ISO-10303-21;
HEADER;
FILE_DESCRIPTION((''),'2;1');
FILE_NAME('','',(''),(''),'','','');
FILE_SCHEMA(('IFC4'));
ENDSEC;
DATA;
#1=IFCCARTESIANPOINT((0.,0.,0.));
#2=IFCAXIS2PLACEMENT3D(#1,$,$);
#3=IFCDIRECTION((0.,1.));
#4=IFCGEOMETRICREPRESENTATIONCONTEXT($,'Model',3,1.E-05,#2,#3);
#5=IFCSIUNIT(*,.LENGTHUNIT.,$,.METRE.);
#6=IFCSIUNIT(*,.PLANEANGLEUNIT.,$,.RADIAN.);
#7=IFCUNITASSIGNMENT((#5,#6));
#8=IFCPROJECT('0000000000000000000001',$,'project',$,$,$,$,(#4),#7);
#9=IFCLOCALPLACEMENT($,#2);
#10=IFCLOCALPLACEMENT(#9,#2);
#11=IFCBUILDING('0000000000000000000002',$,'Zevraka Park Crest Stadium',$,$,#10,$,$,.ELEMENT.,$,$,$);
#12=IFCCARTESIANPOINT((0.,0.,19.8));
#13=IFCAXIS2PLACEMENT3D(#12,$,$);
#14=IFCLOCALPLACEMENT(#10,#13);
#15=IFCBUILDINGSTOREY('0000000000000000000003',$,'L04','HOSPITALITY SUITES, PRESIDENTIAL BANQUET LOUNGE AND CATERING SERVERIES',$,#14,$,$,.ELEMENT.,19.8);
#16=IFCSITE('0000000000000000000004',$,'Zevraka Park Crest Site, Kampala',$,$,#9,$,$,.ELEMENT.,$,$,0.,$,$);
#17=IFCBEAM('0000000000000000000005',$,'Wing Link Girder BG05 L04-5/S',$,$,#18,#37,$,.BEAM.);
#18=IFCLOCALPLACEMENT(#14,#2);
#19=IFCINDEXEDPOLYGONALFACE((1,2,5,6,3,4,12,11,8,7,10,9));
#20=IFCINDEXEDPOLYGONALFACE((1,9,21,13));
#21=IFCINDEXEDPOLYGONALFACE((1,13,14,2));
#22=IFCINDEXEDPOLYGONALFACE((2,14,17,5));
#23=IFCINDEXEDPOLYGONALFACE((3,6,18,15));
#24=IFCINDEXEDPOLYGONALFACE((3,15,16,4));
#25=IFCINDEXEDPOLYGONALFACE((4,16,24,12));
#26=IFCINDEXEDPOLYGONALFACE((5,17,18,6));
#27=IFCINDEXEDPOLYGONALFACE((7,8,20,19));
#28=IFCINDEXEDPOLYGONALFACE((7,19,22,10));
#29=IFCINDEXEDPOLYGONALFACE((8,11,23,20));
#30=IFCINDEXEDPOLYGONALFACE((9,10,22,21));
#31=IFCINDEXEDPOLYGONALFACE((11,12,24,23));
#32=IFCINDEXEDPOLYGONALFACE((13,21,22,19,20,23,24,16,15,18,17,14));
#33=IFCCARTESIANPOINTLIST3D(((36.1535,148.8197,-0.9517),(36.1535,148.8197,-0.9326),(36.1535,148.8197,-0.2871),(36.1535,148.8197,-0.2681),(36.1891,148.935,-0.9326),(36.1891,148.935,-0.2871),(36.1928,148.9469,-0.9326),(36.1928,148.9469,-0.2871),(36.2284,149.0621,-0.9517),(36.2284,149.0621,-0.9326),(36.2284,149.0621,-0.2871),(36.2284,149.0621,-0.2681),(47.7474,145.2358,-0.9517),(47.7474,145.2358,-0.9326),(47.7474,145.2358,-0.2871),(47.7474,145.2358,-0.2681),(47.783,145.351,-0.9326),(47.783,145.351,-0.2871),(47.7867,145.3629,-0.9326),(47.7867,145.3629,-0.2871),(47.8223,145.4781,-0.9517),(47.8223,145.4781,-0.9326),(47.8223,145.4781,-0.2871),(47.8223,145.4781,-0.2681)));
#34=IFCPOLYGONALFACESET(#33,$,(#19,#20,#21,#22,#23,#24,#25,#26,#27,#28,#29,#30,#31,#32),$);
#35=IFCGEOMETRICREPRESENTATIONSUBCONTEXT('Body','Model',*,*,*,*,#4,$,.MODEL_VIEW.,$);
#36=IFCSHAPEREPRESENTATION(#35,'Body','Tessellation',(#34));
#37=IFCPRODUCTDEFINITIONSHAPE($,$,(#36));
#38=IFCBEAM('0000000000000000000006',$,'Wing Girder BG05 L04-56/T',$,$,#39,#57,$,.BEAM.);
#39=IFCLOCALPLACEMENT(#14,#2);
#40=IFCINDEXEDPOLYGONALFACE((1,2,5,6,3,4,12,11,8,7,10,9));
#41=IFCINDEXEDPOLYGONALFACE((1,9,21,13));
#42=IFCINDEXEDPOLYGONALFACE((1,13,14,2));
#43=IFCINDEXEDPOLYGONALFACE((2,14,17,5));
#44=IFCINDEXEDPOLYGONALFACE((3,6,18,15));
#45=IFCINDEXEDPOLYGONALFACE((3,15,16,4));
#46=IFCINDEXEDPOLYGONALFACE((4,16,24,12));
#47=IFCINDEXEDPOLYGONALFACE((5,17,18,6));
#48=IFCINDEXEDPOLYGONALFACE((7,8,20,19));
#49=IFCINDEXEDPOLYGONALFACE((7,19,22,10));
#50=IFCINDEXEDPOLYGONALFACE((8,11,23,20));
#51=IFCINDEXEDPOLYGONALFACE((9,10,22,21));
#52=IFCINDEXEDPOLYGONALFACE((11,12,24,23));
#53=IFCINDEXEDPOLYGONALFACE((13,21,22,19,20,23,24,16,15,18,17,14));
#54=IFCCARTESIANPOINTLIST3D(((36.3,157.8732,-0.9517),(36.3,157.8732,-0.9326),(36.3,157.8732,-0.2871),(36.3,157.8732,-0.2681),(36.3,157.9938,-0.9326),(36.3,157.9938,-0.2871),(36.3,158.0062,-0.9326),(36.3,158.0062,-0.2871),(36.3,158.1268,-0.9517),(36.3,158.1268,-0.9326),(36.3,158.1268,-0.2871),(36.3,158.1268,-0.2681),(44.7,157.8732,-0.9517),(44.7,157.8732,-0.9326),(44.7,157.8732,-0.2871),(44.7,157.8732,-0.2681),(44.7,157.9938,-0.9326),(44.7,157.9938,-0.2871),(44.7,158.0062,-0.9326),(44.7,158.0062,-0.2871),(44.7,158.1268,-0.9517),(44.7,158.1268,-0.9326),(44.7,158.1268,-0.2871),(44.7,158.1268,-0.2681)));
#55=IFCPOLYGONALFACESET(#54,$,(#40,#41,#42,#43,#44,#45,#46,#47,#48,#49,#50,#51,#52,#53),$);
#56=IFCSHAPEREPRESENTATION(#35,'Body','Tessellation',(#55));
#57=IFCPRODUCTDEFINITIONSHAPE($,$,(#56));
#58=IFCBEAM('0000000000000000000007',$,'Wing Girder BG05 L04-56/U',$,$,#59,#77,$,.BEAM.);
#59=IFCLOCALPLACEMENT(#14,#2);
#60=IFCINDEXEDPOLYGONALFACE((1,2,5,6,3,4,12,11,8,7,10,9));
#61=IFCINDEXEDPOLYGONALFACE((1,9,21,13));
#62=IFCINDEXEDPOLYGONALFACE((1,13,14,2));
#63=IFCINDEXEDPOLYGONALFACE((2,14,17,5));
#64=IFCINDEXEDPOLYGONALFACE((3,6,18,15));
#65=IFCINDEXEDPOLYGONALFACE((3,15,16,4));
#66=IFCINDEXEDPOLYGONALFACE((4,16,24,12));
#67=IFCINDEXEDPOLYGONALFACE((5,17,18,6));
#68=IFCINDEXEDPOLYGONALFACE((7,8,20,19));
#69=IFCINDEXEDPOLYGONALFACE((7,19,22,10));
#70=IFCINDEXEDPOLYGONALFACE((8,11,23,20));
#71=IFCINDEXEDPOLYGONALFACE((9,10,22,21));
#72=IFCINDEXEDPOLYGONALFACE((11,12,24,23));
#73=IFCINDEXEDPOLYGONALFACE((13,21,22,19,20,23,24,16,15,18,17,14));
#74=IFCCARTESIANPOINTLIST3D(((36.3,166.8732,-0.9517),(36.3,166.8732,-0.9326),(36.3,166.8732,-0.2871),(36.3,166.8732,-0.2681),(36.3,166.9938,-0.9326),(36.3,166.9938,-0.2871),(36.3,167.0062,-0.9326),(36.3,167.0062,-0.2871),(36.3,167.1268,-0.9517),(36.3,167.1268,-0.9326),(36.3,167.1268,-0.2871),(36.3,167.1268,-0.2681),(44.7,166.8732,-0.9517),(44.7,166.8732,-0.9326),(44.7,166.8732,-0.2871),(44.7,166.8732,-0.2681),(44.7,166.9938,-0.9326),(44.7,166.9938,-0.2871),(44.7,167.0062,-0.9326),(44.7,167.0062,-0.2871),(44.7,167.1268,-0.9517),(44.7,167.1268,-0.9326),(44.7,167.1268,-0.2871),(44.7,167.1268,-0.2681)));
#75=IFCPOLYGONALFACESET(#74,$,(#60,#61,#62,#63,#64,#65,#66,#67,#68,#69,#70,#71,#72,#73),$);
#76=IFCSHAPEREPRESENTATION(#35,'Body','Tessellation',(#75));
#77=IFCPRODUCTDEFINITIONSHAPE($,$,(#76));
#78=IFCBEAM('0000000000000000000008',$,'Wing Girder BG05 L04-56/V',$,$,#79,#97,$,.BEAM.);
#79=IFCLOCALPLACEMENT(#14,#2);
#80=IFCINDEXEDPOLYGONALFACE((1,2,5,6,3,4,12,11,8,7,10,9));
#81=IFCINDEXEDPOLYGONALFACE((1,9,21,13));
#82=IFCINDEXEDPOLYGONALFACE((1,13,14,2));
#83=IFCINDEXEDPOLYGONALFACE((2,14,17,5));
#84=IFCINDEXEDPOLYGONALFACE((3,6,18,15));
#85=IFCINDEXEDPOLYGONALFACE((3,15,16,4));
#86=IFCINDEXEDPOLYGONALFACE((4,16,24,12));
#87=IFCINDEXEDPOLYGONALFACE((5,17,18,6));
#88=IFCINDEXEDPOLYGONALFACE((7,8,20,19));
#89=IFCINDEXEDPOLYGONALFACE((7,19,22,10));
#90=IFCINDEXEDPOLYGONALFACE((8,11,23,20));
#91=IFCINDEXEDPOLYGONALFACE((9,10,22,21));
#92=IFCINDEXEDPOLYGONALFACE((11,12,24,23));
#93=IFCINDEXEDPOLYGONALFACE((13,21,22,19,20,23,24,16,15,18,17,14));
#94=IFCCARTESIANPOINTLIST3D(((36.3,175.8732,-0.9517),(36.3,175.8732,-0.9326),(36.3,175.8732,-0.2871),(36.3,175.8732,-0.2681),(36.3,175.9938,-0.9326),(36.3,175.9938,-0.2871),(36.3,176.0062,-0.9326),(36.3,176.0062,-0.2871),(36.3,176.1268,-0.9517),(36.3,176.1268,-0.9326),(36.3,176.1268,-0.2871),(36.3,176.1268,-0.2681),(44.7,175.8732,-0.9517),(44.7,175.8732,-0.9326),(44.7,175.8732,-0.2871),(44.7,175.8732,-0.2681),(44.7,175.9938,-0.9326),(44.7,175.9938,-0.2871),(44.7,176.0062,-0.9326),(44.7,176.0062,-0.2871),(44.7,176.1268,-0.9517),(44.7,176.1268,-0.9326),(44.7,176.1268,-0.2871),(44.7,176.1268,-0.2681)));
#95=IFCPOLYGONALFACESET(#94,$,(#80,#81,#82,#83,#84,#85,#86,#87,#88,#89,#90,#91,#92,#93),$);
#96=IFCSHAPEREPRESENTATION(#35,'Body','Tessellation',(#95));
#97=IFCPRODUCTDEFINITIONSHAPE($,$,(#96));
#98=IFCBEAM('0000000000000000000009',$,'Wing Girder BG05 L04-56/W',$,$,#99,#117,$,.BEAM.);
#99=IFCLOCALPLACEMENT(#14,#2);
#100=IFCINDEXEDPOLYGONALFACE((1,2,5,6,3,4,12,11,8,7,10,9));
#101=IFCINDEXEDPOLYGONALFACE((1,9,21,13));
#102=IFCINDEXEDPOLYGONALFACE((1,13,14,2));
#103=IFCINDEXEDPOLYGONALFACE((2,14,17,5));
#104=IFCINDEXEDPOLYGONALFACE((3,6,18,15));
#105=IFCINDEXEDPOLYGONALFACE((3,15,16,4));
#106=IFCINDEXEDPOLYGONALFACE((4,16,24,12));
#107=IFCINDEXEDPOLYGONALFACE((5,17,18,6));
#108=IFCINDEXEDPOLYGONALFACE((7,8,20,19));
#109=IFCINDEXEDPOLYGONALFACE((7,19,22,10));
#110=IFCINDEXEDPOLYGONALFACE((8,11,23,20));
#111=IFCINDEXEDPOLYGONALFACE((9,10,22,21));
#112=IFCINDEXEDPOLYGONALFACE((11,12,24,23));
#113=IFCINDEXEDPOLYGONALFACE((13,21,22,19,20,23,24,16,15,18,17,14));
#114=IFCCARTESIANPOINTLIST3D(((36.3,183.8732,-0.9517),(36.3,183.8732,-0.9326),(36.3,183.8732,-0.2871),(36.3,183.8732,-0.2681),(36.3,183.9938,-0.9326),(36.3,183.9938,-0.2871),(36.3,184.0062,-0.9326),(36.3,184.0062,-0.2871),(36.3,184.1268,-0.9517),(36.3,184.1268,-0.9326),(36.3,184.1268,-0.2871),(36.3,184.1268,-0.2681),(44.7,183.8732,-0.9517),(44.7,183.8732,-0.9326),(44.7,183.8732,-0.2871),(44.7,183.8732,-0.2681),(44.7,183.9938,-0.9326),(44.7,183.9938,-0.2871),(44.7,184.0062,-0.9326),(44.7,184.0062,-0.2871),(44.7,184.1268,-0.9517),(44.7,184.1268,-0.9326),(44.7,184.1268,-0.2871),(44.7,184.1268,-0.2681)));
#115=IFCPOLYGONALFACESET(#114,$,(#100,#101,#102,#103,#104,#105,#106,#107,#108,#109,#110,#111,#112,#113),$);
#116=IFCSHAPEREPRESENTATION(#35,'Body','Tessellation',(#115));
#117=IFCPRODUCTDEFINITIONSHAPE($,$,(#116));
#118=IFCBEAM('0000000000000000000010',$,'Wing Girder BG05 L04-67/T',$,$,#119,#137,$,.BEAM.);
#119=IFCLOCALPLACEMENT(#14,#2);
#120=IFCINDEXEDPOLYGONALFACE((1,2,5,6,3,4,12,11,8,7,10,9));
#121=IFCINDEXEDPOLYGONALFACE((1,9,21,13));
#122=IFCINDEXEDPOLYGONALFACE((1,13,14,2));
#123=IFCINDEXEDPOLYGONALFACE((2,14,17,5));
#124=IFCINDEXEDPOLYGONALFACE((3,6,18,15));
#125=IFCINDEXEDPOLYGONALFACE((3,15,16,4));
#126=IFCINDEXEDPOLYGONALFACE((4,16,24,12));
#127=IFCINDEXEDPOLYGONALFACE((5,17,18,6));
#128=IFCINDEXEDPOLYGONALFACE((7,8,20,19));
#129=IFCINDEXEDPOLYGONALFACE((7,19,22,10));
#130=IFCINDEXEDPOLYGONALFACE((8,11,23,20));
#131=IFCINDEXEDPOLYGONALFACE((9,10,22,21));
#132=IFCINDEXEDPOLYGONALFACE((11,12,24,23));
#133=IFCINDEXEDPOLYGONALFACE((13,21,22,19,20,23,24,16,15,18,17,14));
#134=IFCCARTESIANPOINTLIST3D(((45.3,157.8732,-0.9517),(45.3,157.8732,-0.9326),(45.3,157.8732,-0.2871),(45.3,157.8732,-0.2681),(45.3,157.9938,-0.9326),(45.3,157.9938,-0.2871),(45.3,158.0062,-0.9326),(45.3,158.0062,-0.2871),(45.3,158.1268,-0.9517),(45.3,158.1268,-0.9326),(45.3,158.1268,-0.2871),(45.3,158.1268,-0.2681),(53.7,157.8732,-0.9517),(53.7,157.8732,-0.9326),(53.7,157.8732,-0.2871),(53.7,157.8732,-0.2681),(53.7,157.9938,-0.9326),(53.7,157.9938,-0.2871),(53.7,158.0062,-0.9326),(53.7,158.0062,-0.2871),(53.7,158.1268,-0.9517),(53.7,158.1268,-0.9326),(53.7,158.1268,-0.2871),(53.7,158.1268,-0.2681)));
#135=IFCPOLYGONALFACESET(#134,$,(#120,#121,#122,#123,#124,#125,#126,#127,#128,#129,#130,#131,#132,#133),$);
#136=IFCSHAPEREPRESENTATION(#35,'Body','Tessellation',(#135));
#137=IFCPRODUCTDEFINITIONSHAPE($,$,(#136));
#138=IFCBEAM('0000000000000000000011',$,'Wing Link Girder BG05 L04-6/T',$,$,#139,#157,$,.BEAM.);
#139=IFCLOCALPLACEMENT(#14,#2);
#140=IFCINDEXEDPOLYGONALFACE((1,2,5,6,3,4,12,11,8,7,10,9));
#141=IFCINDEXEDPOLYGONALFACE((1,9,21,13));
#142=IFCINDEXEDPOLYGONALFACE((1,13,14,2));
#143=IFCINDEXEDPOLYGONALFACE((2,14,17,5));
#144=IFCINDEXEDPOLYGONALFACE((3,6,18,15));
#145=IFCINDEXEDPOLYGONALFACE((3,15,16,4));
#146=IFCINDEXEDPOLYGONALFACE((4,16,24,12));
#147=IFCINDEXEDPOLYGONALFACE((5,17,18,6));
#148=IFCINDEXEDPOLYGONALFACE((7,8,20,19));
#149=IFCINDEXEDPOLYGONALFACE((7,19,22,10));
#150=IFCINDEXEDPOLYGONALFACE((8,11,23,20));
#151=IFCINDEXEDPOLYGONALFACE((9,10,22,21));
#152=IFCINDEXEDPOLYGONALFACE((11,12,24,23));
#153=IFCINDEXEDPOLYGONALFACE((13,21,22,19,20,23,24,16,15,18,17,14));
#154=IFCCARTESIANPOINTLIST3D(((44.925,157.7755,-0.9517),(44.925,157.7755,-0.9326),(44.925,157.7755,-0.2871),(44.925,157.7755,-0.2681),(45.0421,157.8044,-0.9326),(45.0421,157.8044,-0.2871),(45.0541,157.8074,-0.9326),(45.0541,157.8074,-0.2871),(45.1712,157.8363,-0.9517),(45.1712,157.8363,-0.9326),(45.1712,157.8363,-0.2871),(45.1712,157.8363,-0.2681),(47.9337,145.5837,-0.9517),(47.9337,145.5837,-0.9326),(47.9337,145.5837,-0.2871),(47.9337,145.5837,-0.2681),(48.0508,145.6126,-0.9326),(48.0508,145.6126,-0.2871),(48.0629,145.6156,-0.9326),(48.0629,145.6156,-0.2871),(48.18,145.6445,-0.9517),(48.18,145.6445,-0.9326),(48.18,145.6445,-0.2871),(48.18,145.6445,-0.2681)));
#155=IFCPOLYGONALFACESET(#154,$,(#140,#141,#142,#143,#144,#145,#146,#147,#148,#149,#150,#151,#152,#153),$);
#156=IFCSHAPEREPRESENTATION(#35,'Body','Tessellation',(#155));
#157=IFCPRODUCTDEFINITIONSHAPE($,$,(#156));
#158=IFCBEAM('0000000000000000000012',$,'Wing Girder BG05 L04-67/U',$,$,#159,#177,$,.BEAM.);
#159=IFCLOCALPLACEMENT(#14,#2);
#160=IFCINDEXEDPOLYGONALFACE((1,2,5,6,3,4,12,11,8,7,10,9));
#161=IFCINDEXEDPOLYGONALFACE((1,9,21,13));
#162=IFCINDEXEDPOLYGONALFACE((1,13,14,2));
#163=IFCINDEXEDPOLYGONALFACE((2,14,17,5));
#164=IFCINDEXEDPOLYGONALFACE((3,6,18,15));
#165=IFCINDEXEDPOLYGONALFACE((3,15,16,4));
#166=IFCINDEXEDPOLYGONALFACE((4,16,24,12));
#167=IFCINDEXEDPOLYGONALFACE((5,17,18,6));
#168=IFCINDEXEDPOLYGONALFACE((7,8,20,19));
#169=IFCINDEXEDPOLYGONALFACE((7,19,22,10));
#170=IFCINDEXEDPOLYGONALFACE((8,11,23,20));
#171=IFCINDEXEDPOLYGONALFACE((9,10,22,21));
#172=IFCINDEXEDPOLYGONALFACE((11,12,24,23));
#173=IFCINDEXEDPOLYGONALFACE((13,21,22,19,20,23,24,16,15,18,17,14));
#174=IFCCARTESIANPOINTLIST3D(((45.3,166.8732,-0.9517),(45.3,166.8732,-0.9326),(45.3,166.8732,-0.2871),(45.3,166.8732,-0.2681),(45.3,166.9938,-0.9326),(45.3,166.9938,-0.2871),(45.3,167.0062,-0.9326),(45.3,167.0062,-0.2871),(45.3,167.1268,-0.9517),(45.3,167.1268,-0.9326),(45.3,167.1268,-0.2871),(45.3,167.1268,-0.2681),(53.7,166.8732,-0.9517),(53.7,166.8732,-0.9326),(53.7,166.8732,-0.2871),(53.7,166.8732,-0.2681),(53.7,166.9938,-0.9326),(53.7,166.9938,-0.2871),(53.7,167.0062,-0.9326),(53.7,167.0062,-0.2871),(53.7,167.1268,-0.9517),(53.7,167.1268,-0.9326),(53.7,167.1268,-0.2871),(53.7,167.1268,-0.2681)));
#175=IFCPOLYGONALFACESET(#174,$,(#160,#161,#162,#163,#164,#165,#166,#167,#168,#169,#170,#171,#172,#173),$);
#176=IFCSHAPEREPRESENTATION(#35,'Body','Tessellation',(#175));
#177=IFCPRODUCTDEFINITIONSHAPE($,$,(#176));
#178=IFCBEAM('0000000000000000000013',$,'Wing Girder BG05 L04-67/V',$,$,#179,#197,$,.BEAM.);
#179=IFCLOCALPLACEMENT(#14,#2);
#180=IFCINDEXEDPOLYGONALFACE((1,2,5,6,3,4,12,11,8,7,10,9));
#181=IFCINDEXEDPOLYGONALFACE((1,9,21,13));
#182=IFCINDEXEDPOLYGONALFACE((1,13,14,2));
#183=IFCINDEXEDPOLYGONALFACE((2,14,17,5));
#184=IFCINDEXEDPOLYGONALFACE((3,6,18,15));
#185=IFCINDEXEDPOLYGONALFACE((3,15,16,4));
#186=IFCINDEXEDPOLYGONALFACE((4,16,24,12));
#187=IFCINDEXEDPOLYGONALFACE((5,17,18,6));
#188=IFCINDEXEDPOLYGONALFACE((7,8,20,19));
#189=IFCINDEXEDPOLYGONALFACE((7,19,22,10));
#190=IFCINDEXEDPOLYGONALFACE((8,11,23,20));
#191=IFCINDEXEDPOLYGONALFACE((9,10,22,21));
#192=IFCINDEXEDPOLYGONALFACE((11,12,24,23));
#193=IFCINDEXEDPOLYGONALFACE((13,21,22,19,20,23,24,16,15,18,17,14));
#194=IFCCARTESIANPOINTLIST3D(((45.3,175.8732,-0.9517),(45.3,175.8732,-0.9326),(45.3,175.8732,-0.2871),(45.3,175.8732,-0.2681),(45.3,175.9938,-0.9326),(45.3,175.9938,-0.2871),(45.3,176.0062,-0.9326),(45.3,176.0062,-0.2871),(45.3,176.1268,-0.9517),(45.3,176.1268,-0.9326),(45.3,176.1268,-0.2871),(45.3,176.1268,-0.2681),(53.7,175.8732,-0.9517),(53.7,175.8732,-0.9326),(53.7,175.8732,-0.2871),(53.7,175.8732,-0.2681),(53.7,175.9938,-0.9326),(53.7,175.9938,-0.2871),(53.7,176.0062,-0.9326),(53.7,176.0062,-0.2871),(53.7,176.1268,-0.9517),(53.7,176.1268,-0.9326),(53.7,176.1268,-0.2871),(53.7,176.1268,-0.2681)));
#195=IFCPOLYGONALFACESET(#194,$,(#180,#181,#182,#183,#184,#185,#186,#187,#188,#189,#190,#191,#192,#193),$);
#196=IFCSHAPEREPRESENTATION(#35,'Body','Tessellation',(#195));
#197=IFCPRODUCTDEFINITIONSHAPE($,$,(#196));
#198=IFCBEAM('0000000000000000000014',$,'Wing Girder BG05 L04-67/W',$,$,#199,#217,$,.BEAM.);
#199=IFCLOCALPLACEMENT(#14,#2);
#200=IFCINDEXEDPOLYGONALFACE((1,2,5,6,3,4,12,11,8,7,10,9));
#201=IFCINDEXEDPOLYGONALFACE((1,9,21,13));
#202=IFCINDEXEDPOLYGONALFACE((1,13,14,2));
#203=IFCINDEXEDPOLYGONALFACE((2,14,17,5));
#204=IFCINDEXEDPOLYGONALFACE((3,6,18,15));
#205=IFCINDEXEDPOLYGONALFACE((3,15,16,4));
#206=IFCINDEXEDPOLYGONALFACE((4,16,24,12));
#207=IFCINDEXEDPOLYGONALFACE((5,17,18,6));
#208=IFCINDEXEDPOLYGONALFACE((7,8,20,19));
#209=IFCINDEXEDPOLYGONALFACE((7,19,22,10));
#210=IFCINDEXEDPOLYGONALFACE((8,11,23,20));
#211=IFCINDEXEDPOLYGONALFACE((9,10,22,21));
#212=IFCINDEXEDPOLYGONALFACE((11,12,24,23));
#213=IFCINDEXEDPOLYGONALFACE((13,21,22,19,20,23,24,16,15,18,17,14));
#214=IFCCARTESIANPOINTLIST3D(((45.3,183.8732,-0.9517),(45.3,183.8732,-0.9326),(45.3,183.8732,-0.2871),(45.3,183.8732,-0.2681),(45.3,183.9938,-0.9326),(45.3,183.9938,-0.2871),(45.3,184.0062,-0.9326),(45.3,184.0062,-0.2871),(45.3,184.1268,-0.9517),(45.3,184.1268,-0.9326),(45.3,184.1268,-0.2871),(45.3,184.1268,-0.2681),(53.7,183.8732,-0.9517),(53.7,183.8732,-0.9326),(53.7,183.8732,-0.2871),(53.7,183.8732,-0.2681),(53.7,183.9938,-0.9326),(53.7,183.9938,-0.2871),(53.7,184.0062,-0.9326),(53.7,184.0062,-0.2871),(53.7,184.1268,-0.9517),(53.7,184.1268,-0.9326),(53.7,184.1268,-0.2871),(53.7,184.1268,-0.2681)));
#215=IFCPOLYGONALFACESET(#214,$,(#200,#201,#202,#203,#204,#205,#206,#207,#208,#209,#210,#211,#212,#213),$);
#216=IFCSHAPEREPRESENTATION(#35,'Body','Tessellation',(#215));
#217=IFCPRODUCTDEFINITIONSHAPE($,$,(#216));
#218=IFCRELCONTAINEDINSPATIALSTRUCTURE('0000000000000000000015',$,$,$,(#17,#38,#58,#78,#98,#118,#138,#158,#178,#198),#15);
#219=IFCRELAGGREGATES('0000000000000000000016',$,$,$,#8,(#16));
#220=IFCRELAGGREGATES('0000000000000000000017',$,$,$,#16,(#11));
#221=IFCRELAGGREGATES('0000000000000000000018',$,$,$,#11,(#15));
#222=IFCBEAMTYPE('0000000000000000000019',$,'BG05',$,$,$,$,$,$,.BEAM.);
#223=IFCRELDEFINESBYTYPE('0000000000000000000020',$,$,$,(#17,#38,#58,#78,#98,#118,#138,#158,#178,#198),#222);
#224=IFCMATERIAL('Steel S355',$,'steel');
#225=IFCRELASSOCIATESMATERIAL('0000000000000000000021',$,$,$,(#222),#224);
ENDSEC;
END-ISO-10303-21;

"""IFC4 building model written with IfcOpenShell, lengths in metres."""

from ifc_helpers import new_model, si_unit, direction, frame, origin, origin_2d, place, context, subcontext, project, spatial, i_section, extrude, material, material_profile, profile_set, type_object, element, save


model = new_model("IFC4")

# Units and contexts
model_context = context("Model", 3, precision=1e-05, world=origin(), true_north=direction((0.0, 1.0)))
body_context = subcontext(model_context, "Body", "Model", "MODEL_VIEW")
ifc_project = project(units=[si_unit("LENGTHUNIT", "METRE"), si_unit("PLANEANGLEUNIT", "RADIAN")], contexts=[model_context])

# Site, building, storey
site_placement = place(None, origin())
site = spatial("IfcSite", under=ifc_project, at=site_placement, Name="Zevraka Park Crest Site, Kampala", CompositionType="ELEMENT", RefElevation=0.0)
building_placement = place(site_placement, origin())
building = spatial("IfcBuilding", under=site, at=building_placement, Name="Zevraka Park Crest Stadium", CompositionType="ELEMENT")
storey_placement = place(building_placement, frame((0.0, 0.0, 19.8)))
storey = spatial("IfcBuildingStorey", under=building, at=storey_placement, Name="L04", Description="HOSPITALITY SUITES, PRESIDENTIAL BANQUET LOUNGE AND CATERING SERVERIES", CompositionType="ELEMENT", Elevation=19.8)

# Beams
ifc_material_1 = material(Name="Steel S355", Category="steel")
ifc_material_profile_1 = material_profile(ifc_material_1, i_section(OverallWidth=0.2537, OverallDepth=0.6836, WebThickness=0.0125, FlangeThickness=0.019, at=origin_2d()), Name="UKB 686x254x140")
ifc_profile_set_1 = profile_set([ifc_material_profile_1], Name="Steel S355")
beam_type_1 = type_object("IfcBeamType", Name="BG05", PredefinedType="BEAM", material=ifc_profile_set_1)
beam_1_placement = place(storey_placement, frame((36.1909, 148.9409, -0.6099), z_axis=(0.955394, -0.295335, 0.0), x_axis=(0.295335, 0.955394, 0.0)))
element("IfcBeam", 1, at=beam_1_placement, inside=storey, type_object=beam_type_1, Name="Wing Link Girder BG05 L04-5/S", PredefinedType="BEAM", context=body_context, shape_type="SweptSolid", body=[
    extrude(i_section(OverallWidth=0.2537, OverallDepth=0.6836, WebThickness=0.0125, FlangeThickness=0.019, at=origin_2d()), origin(), (0.0, 0.0, 1.0), 12.1353),
])
for number, where, z_axis, x_axis, name in (
    (2, (36.3, 158.0, -0.6099), (1.0, 0.0, 0.0), (0.0, 1.0, 0.0), "Wing Girder BG05 L04-56/T"),
    (3, (36.3, 167.0, -0.6099), (1.0, 0.0, 0.0), (0.0, 1.0, 0.0), "Wing Girder BG05 L04-56/U"),
    (4, (36.3, 176.0, -0.6099), (1.0, 0.0, 0.0), (0.0, 1.0, 0.0), "Wing Girder BG05 L04-56/V"),
    (5, (36.3, 184.0, -0.6099), (1.0, 0.0, 0.0), (0.0, 1.0, 0.0), "Wing Girder BG05 L04-56/W"),
    (6, (45.3, 158.0, -0.6099), (1.0, 0.0, 0.0), (0.0, 1.0, 0.0), "Wing Girder BG05 L04-67/T"),
):
    element("IfcBeam", number, at=place(storey_placement, frame(where, z_axis=z_axis, x_axis=x_axis)), inside=storey, type_object=beam_type_1, Name=name, PredefinedType="BEAM", context=body_context, shape_type="SweptSolid", body=[
        extrude(i_section(OverallWidth=0.2537, OverallDepth=0.6836, WebThickness=0.0125, FlangeThickness=0.019, at=origin_2d()), origin(), (0.0, 0.0, 1.0), 8.3999),
    ])
beam_2_placement = place(storey_placement, frame((45.0481, 157.8059, -0.6099), z_axis=(0.239598, -0.970872, 0.0), x_axis=(0.970872, 0.239598, 0.0)))
element("IfcBeam", 7, at=beam_2_placement, inside=storey, type_object=beam_type_1, Name="Wing Link Girder BG05 L04-6/T", PredefinedType="BEAM", context=body_context, shape_type="SweptSolid", body=[
    extrude(i_section(OverallWidth=0.2537, OverallDepth=0.6836, WebThickness=0.0125, FlangeThickness=0.019, at=origin_2d()), origin(), (0.0, 0.0, 1.0), 12.5576),
])
for number, where, z_axis, x_axis, name in (
    (8, (45.3, 167.0, -0.6099), (1.0, 0.0, 0.0), (0.0, 1.0, 0.0), "Wing Girder BG05 L04-67/U"),
    (9, (45.3, 176.0, -0.6099), (1.0, 0.0, 0.0), (0.0, 1.0, 0.0), "Wing Girder BG05 L04-67/V"),
    (10, (45.3, 184.0, -0.6099), (1.0, 0.0, 0.0), (0.0, 1.0, 0.0), "Wing Girder BG05 L04-67/W"),
):
    element("IfcBeam", number, at=place(storey_placement, frame(where, z_axis=z_axis, x_axis=x_axis)), inside=storey, type_object=beam_type_1, Name=name, PredefinedType="BEAM", context=body_context, shape_type="SweptSolid", body=[
        extrude(i_section(OverallWidth=0.2537, OverallDepth=0.6836, WebThickness=0.0125, FlangeThickness=0.019, at=origin_2d()), origin(), (0.0, 0.0, 1.0), 8.3999),
    ])

save(model, "model.ifc")
